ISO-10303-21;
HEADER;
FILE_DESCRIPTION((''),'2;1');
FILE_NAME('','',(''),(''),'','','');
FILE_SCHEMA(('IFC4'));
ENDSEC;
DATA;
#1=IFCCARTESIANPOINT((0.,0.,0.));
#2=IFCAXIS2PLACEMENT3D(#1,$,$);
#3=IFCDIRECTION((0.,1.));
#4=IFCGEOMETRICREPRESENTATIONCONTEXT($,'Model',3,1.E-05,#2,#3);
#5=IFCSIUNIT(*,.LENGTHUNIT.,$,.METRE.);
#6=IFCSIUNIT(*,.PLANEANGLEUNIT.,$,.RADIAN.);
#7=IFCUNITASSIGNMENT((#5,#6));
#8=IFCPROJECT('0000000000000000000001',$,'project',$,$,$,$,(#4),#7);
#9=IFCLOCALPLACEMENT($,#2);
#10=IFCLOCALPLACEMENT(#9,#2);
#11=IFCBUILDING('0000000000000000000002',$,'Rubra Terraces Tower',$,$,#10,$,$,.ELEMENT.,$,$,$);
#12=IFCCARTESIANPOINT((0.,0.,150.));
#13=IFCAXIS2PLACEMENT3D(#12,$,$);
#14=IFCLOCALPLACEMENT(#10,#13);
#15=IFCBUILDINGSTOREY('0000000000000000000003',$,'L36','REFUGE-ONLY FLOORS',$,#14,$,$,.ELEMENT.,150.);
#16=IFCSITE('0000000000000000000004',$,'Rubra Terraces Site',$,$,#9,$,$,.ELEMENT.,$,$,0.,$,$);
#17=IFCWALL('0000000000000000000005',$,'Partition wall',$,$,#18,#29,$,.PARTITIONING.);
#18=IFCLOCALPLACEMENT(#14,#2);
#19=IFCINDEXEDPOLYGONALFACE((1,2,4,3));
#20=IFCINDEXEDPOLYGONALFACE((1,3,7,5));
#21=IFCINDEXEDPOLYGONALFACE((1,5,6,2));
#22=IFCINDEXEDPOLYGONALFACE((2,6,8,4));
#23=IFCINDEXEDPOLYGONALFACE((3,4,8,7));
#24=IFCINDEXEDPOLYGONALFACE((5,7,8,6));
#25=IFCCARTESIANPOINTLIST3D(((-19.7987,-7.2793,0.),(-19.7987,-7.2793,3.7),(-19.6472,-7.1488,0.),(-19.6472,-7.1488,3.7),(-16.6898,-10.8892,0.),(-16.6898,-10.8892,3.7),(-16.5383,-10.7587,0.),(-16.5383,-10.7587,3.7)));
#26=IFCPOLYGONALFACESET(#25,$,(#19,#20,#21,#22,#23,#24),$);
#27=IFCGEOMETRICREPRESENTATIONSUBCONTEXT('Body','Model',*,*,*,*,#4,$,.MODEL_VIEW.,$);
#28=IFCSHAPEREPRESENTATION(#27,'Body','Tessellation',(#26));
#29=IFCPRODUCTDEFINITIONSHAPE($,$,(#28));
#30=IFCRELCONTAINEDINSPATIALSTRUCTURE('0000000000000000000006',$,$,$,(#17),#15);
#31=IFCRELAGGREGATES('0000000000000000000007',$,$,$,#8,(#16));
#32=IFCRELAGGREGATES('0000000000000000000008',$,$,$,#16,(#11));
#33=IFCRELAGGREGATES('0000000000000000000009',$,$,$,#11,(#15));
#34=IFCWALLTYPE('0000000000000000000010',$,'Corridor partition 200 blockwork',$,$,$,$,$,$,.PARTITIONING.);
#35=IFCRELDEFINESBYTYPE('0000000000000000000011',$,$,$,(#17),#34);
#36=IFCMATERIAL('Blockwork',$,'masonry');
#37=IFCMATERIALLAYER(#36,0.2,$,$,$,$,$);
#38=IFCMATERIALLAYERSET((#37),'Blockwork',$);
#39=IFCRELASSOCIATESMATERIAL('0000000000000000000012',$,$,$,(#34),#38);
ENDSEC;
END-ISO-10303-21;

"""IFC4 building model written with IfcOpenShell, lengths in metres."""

from ifc_helpers import new_model, si_unit, direction, frame, frame_2d, origin, place, context, subcontext, project, spatial, rectangle, extrude, material, layer, layer_set, type_object, element, save


model = new_model("IFC4")

# Units and contexts
model_context = context("Model", 3, precision=1e-05, world=origin(), true_north=direction((0.0, 1.0)))
body_context = subcontext(model_context, "Body", "Model", "MODEL_VIEW")
ifc_project = project(units=[si_unit("LENGTHUNIT", "METRE"), si_unit("PLANEANGLEUNIT", "RADIAN")], contexts=[model_context])

# Site, building, storey
site_placement = place(None, origin())
site = spatial("IfcSite", under=ifc_project, at=site_placement, Name="Rubra Terraces Site", CompositionType="ELEMENT", RefElevation=0.0)
building_placement = place(site_placement, origin())
building = spatial("IfcBuilding", under=site, at=building_placement, Name="Rubra Terraces Tower", CompositionType="ELEMENT")
storey_placement = place(building_placement, frame((0.0, 0.0, 150.0)))
storey = spatial("IfcBuildingStorey", under=building, at=storey_placement, Name="L36", Description="REFUGE-ONLY FLOORS", CompositionType="ELEMENT", Elevation=150.0)

# Wall
ifc_material_1 = material(Name="Blockwork", Category="masonry")
ifc_layer_1 = layer(ifc_material_1, 0.2)
ifc_layer_set_1 = layer_set([ifc_layer_1], Name="Blockwork")
wall_type_1 = type_object("IfcWallType", Name="Corridor partition 200 blockwork", PredefinedType="PARTITIONING", material=ifc_layer_set_1)
wall_1_placement = place(storey_placement, frame((-16.614, -10.824, 0.0), z_axis=(0.0, 0.0, 1.0), x_axis=(-0.652571, 0.757728, 0.0)))
element("IfcWall", 1, at=wall_1_placement, inside=storey, type_object=wall_type_1, Name="Partition wall", PredefinedType="PARTITIONING", context=body_context, shape_type="SweptSolid", body=[
    extrude(rectangle(XDim=4.7642, YDim=0.2, at=frame_2d((2.3821, 0.0))), origin(), (0.0, 0.0, 1.0), 3.7),
])

save(model, "model.ifc")
